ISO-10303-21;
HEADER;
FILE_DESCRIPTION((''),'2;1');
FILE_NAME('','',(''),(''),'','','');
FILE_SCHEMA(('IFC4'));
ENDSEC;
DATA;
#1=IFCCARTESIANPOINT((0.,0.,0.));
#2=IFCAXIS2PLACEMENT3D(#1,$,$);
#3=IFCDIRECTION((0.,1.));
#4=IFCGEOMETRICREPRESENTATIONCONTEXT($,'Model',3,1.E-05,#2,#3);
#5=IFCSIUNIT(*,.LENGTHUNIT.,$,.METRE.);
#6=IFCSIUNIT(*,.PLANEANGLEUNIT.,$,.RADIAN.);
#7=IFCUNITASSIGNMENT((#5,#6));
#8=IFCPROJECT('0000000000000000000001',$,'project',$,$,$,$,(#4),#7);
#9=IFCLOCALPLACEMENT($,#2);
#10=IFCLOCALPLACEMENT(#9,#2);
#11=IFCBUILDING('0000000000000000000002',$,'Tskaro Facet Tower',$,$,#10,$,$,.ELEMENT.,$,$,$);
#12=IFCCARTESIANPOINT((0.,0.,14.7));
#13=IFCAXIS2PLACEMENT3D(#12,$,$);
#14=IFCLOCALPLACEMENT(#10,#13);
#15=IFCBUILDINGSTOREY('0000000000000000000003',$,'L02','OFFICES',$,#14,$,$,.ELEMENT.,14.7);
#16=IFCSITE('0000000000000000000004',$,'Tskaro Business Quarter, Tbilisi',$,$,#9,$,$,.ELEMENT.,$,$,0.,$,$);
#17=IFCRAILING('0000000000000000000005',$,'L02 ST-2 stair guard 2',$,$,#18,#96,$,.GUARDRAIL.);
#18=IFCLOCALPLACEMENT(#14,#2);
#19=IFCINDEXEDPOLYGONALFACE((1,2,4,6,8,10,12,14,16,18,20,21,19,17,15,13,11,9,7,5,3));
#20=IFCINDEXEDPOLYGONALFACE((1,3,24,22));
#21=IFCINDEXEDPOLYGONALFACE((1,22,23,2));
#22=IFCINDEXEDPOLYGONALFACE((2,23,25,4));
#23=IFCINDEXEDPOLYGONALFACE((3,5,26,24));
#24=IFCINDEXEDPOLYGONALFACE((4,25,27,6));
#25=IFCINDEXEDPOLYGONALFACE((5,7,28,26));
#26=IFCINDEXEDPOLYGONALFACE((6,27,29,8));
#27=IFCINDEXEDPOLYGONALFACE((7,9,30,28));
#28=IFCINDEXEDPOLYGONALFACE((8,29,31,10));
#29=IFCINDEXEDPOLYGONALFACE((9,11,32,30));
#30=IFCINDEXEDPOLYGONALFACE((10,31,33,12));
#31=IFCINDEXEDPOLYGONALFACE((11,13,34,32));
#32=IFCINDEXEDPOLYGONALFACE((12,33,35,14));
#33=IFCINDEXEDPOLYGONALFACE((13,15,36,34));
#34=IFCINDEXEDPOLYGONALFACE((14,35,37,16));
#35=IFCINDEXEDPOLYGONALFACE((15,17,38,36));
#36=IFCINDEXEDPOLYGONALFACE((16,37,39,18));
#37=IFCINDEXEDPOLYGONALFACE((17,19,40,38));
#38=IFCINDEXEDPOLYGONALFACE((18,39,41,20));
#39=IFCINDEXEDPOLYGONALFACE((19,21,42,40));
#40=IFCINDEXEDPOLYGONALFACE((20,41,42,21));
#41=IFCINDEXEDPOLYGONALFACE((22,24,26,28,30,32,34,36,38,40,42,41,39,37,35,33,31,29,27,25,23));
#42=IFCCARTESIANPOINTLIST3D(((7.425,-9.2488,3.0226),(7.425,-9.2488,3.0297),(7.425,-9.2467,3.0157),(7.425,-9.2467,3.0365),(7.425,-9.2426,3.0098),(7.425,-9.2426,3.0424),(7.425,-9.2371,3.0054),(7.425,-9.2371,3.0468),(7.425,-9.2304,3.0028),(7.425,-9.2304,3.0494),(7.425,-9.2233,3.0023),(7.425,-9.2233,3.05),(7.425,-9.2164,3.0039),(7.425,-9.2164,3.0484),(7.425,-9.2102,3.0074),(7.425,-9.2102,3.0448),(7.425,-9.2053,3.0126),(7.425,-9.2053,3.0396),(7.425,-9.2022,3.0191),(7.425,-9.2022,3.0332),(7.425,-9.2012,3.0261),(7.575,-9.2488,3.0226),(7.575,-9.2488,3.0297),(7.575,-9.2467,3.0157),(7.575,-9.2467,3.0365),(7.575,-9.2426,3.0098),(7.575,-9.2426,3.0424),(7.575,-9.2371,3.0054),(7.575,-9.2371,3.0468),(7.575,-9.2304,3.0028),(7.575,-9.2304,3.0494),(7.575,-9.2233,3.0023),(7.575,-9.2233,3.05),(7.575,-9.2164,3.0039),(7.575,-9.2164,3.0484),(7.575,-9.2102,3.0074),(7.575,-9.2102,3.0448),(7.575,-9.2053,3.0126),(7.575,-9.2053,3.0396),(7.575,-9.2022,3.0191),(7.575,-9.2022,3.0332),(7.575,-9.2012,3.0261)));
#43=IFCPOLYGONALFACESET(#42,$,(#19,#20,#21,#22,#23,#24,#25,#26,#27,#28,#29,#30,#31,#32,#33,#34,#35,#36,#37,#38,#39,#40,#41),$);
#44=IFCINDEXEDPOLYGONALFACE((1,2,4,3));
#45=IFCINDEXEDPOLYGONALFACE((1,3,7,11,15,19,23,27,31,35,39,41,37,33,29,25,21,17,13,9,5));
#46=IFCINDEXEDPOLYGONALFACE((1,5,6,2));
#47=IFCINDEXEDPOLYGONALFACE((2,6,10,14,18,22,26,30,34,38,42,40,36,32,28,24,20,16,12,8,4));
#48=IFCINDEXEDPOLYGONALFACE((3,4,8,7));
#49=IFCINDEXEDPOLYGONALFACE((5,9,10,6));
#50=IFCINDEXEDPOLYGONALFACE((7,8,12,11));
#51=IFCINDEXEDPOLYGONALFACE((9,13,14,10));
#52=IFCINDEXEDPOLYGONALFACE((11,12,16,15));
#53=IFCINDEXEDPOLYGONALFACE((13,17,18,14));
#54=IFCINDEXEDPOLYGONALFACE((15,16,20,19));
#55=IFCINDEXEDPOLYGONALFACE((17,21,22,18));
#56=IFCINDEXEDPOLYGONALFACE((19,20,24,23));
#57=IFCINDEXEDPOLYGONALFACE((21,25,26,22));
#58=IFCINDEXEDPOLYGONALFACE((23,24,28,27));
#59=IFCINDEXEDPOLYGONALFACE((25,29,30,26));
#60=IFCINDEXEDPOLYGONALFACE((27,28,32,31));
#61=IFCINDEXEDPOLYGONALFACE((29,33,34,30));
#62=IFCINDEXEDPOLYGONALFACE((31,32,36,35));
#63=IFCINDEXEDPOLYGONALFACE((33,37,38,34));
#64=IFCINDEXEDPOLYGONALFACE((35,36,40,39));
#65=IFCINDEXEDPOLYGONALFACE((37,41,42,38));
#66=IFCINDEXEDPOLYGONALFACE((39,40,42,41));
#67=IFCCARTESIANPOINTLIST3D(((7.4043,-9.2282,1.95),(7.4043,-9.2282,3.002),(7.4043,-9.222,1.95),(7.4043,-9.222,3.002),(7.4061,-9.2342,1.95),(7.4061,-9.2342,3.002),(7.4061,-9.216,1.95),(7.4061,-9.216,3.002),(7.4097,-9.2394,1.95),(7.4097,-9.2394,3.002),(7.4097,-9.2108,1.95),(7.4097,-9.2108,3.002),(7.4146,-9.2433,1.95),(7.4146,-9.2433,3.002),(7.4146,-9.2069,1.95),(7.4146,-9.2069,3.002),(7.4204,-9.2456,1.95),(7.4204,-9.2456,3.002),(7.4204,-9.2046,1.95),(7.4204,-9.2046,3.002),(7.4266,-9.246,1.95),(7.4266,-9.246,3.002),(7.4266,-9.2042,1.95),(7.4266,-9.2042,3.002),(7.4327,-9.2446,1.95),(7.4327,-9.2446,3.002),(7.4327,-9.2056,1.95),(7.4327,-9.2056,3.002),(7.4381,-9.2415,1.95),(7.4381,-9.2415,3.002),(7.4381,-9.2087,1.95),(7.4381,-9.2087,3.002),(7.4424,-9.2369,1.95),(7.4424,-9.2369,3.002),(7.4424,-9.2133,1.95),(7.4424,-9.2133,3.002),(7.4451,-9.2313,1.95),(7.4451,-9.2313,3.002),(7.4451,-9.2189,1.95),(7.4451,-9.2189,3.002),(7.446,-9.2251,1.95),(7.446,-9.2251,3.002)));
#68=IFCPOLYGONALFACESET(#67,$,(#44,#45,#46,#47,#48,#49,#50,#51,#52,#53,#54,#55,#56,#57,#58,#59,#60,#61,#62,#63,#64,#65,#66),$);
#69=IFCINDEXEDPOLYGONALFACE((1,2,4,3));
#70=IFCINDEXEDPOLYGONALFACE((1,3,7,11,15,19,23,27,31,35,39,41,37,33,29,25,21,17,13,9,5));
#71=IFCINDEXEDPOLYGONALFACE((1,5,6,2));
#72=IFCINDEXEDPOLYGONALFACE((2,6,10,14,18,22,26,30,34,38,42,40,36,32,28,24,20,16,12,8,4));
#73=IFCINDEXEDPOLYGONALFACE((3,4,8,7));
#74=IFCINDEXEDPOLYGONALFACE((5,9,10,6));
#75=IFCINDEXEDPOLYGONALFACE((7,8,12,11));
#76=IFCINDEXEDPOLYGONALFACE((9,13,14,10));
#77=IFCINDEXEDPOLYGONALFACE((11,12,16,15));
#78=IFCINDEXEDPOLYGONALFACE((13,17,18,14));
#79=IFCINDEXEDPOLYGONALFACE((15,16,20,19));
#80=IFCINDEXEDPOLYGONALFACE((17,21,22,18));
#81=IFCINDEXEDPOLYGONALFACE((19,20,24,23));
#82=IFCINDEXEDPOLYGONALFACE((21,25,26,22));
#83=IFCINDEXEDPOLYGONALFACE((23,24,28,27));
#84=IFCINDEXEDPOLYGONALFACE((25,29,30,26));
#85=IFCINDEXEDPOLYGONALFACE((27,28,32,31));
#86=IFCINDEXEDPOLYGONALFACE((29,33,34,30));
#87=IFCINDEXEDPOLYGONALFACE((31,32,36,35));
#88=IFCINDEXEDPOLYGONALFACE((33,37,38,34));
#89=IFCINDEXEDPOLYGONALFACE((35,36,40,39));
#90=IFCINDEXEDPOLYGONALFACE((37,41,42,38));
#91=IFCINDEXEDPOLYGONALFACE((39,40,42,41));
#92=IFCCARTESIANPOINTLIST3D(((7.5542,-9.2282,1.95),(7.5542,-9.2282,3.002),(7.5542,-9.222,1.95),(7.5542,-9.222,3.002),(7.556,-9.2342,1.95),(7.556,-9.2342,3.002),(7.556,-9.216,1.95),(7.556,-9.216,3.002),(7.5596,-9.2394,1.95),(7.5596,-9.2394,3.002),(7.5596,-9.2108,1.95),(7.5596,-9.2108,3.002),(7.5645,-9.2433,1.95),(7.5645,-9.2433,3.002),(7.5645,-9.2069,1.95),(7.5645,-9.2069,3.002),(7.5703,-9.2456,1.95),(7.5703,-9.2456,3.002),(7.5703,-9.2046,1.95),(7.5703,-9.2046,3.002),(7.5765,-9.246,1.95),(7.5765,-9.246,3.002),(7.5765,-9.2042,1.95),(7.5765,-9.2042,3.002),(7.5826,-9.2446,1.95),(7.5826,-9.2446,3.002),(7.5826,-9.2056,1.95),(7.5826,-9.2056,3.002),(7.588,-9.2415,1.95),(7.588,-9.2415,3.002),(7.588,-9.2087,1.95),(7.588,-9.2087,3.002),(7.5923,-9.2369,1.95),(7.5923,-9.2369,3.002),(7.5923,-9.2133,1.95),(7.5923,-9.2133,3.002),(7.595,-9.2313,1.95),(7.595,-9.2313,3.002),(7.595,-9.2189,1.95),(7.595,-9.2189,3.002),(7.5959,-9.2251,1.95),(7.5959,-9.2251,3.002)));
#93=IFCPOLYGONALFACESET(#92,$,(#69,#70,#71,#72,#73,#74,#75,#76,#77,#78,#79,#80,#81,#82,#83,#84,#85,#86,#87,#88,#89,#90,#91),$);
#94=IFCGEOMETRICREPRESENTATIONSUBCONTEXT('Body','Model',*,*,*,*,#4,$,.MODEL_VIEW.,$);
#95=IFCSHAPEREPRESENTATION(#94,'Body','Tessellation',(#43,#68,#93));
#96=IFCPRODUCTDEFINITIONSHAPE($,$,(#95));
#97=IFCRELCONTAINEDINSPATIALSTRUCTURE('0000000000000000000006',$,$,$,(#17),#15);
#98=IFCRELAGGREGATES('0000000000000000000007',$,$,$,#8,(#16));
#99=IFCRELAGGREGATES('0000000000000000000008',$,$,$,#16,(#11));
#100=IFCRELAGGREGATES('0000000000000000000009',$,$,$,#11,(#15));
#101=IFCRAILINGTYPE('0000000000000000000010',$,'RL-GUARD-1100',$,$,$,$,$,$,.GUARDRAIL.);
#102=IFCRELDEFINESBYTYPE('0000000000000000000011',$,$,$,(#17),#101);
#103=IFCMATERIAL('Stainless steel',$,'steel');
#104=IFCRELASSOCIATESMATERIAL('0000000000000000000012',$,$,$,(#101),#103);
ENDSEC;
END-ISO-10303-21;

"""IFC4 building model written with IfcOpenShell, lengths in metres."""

from ifc_helpers import new_model, si_unit, direction, frame, origin, origin_2d, place, context, subcontext, project, spatial, circle, extrude, material, type_object, element, save


model = new_model("IFC4")

# Units and contexts
model_context = context("Model", 3, precision=1e-05, world=origin(), true_north=direction((0.0, 1.0)))
body_context = subcontext(model_context, "Body", "Model", "MODEL_VIEW")
ifc_project = project(units=[si_unit("LENGTHUNIT", "METRE"), si_unit("PLANEANGLEUNIT", "RADIAN")], contexts=[model_context])

# Site, building, storey
site_placement = place(None, origin())
site = spatial("IfcSite", under=ifc_project, at=site_placement, Name="Tskaro Business Quarter, Tbilisi", CompositionType="ELEMENT", RefElevation=0.0)
building_placement = place(site_placement, origin())
building = spatial("IfcBuilding", under=site, at=building_placement, Name="Tskaro Facet Tower", CompositionType="ELEMENT")
storey_placement = place(building_placement, frame((0.0, 0.0, 14.7)))
storey = spatial("IfcBuildingStorey", under=building, at=storey_placement, Name="L02", Description="OFFICES", CompositionType="ELEMENT", Elevation=14.7)

# Railing
ifc_material_1 = material(Name="Stainless steel", Category="steel")
railing_type_1 = type_object("IfcRailingType", Name="RL-GUARD-1100", PredefinedType="GUARDRAIL", material=ifc_material_1)
railing_1_placement = place(storey_placement, frame((7.425, -9.2251, 1.95)))
element("IfcRailing", 1, at=railing_1_placement, inside=storey, type_object=railing_type_1, Name="L02 ST-2 stair guard 2", PredefinedType="GUARDRAIL", context=body_context, shape_type="SweptSolid", body=[
    extrude(circle(Radius=0.0239, at=origin_2d()), frame((0.0, 0.0, 1.0762), z_axis=(1.0, 0.0, 0.0), x_axis=(0.0, 1.0, 0.0)), (0.0, 0.0, 1.0), 0.1499),
    extrude(circle(Radius=0.021, at=origin_2d()), origin(), (0.0, 0.0, 1.0), 1.052),
    extrude(circle(Radius=0.021, at=origin_2d()), frame((0.1499, 0.0, 0.0)), (0.0, 0.0, 1.0), 1.052),
])

save(model, "model.ifc")
